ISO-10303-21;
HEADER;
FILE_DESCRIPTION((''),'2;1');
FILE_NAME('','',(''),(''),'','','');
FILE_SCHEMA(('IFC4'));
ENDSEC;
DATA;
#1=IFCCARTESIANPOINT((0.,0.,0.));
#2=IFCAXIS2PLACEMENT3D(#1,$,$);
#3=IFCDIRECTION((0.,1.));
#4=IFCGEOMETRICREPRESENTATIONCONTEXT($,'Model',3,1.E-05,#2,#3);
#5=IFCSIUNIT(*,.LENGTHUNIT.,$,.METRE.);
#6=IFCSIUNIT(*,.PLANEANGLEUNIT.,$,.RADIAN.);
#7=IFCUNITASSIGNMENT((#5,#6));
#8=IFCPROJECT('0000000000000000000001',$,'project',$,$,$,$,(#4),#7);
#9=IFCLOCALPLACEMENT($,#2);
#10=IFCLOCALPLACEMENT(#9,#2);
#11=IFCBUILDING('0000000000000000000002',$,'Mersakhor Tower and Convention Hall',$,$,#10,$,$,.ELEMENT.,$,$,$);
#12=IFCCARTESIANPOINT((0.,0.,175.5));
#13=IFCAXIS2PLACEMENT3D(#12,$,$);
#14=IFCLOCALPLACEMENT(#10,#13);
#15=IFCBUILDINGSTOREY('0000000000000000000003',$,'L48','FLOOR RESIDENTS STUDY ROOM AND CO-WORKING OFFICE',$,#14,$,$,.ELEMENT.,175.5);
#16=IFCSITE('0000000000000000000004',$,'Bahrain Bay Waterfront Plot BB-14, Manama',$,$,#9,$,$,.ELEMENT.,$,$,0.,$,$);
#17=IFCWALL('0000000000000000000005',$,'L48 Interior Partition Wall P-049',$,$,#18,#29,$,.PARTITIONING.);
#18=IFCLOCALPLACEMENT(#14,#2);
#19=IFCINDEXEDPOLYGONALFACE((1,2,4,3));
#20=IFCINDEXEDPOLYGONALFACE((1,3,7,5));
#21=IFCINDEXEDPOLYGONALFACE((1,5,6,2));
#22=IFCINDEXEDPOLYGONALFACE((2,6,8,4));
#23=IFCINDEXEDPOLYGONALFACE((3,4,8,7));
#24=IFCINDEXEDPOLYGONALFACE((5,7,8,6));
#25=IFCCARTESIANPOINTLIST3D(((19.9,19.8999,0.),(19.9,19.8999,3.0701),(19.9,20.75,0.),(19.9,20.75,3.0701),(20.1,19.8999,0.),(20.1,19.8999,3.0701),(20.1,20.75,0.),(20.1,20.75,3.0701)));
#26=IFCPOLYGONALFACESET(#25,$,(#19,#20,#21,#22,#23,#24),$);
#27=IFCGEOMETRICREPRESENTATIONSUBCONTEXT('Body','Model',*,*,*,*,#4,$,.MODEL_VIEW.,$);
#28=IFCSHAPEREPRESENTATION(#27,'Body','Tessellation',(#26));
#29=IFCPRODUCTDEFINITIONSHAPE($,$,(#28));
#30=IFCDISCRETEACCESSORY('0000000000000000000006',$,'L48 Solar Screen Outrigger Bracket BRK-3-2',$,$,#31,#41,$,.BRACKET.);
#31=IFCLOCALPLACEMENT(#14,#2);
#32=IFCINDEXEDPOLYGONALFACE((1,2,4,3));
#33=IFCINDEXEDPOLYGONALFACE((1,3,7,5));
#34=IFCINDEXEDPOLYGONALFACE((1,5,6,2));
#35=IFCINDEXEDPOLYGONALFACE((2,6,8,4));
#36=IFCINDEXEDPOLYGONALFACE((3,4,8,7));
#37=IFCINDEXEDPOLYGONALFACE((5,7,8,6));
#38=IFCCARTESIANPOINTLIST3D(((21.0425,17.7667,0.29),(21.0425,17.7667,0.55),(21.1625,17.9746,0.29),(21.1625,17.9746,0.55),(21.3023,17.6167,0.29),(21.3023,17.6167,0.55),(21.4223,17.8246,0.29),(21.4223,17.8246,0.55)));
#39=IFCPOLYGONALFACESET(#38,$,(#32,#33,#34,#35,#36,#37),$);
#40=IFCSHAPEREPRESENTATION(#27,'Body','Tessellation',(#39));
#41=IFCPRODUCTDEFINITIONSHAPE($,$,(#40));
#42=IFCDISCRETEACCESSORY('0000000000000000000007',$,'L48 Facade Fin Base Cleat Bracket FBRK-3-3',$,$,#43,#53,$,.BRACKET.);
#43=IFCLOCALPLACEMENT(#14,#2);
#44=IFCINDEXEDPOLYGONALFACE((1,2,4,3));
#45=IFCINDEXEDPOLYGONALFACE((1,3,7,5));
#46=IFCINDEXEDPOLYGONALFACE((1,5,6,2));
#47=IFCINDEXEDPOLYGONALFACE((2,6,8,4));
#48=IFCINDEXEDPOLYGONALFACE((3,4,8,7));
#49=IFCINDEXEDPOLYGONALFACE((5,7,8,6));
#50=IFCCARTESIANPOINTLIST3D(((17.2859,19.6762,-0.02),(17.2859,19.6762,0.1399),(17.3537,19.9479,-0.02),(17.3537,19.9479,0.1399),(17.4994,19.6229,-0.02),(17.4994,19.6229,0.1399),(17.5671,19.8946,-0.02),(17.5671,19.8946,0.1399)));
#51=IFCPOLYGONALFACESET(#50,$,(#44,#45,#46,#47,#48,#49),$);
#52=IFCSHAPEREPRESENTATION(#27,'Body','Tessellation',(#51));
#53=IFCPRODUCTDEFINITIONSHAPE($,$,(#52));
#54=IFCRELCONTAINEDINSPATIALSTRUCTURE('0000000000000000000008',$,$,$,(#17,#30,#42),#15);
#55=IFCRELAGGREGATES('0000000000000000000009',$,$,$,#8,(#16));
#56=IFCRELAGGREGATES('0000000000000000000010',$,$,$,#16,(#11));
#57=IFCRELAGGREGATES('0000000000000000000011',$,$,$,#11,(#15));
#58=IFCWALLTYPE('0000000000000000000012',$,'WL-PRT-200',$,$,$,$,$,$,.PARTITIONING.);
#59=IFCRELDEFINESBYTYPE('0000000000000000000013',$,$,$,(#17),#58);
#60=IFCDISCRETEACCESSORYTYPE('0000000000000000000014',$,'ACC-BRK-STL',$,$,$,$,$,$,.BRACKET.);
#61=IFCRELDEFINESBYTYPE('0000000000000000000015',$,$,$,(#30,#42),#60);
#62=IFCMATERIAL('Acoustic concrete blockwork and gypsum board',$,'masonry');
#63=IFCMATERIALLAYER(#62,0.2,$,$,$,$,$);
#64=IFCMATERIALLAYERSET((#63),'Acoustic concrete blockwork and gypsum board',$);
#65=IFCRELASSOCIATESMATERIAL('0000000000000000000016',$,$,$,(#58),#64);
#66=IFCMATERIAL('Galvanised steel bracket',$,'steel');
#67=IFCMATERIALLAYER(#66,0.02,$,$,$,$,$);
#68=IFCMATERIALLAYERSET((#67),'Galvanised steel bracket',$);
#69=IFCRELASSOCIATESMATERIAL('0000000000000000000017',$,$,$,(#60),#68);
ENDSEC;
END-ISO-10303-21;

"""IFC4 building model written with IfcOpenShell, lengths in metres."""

from ifc_helpers import new_model, si_unit, direction, frame, frame_2d, origin, origin_2d, place, context, subcontext, project, spatial, rectangle, extrude, material, layer, layer_set, type_object, element, save


model = new_model("IFC4")

# Units and contexts
model_context = context("Model", 3, precision=1e-05, world=origin(), true_north=direction((0.0, 1.0)))
body_context = subcontext(model_context, "Body", "Model", "MODEL_VIEW")
ifc_project = project(units=[si_unit("LENGTHUNIT", "METRE"), si_unit("PLANEANGLEUNIT", "RADIAN")], contexts=[model_context])

# Site, building, storey
site_placement = place(None, origin())
site = spatial("IfcSite", under=ifc_project, at=site_placement, Name="Bahrain Bay Waterfront Plot BB-14, Manama", CompositionType="ELEMENT", RefElevation=0.0)
building_placement = place(site_placement, origin())
building = spatial("IfcBuilding", under=site, at=building_placement, Name="Mersakhor Tower and Convention Hall", CompositionType="ELEMENT")
storey_placement = place(building_placement, frame((0.0, 0.0, 175.5)))
storey = spatial("IfcBuildingStorey", under=building, at=storey_placement, Name="L48", Description="FLOOR RESIDENTS STUDY ROOM AND CO-WORKING OFFICE", CompositionType="ELEMENT", Elevation=175.5)

# Shared definitions
ifc_material_1 = material(Name="Acoustic concrete blockwork and gypsum board", Category="masonry")
ifc_layer_1 = layer(ifc_material_1, 0.2)
ifc_layer_set_1 = layer_set([ifc_layer_1], Name="Acoustic concrete blockwork and gypsum board")
wall_type_1 = type_object("IfcWallType", Name="WL-PRT-200", PredefinedType="PARTITIONING", material=ifc_layer_set_1)

# Wall
wall_1_placement = place(storey_placement, frame((20.0, 19.8999, 0.0), z_axis=(0.0, 0.0, 1.0), x_axis=(0.0, 1.0, 0.0)))
element("IfcWall", 1, at=wall_1_placement, inside=storey, type_object=wall_type_1, Name="L48 Interior Partition Wall P-049", PredefinedType="PARTITIONING", context=body_context, shape_type="SweptSolid", body=[
    extrude(rectangle(XDim=0.8501, YDim=0.2, at=frame_2d((0.425, 0.0))), origin(), (0.0, 0.0, 1.0), 3.0701),
])

# Discrete accessories
ifc_material_2 = material(Name="Galvanised steel bracket", Category="steel")
ifc_layer_2 = layer(ifc_material_2, 0.02)
ifc_layer_set_2 = layer_set([ifc_layer_2], Name="Galvanised steel bracket")
discrete_accessory_type = type_object("IfcDiscreteAccessoryType", Name="ACC-BRK-STL", PredefinedType="BRACKET", material=ifc_layer_set_2)
discrete_accessory_1_placement = place(storey_placement, frame((21.2324, 17.7957, 0.29), z_axis=(0.0, 0.0, 1.0), x_axis=(-0.866025, 0.5, 0.0)))
element("IfcDiscreteAccessory", 2, at=discrete_accessory_1_placement, inside=storey, type_object=discrete_accessory_type, Name="L48 Solar Screen Outrigger Bracket BRK-3-2", PredefinedType="BRACKET", context=body_context, shape_type="SweptSolid", body=[
    extrude(rectangle(XDim=0.3, YDim=0.24, at=origin_2d()), origin(), (0.0, 0.0, 1.0), 0.26),
])
discrete_accessory_2_placement = place(storey_placement, frame((17.4265, 19.7854, -0.02), z_axis=(0.0, 0.0, 1.0), x_axis=(-0.241922, -0.970296, 0.0)))
element("IfcDiscreteAccessory", 3, at=discrete_accessory_2_placement, inside=storey, type_object=discrete_accessory_type, Name="L48 Facade Fin Base Cleat Bracket FBRK-3-3", PredefinedType="BRACKET", context=body_context, shape_type="SweptSolid", body=[
    extrude(rectangle(XDim=0.28, YDim=0.22, at=origin_2d()), origin(), (0.0, 0.0, 1.0), 0.1599),
])

save(model, "model.ifc")
